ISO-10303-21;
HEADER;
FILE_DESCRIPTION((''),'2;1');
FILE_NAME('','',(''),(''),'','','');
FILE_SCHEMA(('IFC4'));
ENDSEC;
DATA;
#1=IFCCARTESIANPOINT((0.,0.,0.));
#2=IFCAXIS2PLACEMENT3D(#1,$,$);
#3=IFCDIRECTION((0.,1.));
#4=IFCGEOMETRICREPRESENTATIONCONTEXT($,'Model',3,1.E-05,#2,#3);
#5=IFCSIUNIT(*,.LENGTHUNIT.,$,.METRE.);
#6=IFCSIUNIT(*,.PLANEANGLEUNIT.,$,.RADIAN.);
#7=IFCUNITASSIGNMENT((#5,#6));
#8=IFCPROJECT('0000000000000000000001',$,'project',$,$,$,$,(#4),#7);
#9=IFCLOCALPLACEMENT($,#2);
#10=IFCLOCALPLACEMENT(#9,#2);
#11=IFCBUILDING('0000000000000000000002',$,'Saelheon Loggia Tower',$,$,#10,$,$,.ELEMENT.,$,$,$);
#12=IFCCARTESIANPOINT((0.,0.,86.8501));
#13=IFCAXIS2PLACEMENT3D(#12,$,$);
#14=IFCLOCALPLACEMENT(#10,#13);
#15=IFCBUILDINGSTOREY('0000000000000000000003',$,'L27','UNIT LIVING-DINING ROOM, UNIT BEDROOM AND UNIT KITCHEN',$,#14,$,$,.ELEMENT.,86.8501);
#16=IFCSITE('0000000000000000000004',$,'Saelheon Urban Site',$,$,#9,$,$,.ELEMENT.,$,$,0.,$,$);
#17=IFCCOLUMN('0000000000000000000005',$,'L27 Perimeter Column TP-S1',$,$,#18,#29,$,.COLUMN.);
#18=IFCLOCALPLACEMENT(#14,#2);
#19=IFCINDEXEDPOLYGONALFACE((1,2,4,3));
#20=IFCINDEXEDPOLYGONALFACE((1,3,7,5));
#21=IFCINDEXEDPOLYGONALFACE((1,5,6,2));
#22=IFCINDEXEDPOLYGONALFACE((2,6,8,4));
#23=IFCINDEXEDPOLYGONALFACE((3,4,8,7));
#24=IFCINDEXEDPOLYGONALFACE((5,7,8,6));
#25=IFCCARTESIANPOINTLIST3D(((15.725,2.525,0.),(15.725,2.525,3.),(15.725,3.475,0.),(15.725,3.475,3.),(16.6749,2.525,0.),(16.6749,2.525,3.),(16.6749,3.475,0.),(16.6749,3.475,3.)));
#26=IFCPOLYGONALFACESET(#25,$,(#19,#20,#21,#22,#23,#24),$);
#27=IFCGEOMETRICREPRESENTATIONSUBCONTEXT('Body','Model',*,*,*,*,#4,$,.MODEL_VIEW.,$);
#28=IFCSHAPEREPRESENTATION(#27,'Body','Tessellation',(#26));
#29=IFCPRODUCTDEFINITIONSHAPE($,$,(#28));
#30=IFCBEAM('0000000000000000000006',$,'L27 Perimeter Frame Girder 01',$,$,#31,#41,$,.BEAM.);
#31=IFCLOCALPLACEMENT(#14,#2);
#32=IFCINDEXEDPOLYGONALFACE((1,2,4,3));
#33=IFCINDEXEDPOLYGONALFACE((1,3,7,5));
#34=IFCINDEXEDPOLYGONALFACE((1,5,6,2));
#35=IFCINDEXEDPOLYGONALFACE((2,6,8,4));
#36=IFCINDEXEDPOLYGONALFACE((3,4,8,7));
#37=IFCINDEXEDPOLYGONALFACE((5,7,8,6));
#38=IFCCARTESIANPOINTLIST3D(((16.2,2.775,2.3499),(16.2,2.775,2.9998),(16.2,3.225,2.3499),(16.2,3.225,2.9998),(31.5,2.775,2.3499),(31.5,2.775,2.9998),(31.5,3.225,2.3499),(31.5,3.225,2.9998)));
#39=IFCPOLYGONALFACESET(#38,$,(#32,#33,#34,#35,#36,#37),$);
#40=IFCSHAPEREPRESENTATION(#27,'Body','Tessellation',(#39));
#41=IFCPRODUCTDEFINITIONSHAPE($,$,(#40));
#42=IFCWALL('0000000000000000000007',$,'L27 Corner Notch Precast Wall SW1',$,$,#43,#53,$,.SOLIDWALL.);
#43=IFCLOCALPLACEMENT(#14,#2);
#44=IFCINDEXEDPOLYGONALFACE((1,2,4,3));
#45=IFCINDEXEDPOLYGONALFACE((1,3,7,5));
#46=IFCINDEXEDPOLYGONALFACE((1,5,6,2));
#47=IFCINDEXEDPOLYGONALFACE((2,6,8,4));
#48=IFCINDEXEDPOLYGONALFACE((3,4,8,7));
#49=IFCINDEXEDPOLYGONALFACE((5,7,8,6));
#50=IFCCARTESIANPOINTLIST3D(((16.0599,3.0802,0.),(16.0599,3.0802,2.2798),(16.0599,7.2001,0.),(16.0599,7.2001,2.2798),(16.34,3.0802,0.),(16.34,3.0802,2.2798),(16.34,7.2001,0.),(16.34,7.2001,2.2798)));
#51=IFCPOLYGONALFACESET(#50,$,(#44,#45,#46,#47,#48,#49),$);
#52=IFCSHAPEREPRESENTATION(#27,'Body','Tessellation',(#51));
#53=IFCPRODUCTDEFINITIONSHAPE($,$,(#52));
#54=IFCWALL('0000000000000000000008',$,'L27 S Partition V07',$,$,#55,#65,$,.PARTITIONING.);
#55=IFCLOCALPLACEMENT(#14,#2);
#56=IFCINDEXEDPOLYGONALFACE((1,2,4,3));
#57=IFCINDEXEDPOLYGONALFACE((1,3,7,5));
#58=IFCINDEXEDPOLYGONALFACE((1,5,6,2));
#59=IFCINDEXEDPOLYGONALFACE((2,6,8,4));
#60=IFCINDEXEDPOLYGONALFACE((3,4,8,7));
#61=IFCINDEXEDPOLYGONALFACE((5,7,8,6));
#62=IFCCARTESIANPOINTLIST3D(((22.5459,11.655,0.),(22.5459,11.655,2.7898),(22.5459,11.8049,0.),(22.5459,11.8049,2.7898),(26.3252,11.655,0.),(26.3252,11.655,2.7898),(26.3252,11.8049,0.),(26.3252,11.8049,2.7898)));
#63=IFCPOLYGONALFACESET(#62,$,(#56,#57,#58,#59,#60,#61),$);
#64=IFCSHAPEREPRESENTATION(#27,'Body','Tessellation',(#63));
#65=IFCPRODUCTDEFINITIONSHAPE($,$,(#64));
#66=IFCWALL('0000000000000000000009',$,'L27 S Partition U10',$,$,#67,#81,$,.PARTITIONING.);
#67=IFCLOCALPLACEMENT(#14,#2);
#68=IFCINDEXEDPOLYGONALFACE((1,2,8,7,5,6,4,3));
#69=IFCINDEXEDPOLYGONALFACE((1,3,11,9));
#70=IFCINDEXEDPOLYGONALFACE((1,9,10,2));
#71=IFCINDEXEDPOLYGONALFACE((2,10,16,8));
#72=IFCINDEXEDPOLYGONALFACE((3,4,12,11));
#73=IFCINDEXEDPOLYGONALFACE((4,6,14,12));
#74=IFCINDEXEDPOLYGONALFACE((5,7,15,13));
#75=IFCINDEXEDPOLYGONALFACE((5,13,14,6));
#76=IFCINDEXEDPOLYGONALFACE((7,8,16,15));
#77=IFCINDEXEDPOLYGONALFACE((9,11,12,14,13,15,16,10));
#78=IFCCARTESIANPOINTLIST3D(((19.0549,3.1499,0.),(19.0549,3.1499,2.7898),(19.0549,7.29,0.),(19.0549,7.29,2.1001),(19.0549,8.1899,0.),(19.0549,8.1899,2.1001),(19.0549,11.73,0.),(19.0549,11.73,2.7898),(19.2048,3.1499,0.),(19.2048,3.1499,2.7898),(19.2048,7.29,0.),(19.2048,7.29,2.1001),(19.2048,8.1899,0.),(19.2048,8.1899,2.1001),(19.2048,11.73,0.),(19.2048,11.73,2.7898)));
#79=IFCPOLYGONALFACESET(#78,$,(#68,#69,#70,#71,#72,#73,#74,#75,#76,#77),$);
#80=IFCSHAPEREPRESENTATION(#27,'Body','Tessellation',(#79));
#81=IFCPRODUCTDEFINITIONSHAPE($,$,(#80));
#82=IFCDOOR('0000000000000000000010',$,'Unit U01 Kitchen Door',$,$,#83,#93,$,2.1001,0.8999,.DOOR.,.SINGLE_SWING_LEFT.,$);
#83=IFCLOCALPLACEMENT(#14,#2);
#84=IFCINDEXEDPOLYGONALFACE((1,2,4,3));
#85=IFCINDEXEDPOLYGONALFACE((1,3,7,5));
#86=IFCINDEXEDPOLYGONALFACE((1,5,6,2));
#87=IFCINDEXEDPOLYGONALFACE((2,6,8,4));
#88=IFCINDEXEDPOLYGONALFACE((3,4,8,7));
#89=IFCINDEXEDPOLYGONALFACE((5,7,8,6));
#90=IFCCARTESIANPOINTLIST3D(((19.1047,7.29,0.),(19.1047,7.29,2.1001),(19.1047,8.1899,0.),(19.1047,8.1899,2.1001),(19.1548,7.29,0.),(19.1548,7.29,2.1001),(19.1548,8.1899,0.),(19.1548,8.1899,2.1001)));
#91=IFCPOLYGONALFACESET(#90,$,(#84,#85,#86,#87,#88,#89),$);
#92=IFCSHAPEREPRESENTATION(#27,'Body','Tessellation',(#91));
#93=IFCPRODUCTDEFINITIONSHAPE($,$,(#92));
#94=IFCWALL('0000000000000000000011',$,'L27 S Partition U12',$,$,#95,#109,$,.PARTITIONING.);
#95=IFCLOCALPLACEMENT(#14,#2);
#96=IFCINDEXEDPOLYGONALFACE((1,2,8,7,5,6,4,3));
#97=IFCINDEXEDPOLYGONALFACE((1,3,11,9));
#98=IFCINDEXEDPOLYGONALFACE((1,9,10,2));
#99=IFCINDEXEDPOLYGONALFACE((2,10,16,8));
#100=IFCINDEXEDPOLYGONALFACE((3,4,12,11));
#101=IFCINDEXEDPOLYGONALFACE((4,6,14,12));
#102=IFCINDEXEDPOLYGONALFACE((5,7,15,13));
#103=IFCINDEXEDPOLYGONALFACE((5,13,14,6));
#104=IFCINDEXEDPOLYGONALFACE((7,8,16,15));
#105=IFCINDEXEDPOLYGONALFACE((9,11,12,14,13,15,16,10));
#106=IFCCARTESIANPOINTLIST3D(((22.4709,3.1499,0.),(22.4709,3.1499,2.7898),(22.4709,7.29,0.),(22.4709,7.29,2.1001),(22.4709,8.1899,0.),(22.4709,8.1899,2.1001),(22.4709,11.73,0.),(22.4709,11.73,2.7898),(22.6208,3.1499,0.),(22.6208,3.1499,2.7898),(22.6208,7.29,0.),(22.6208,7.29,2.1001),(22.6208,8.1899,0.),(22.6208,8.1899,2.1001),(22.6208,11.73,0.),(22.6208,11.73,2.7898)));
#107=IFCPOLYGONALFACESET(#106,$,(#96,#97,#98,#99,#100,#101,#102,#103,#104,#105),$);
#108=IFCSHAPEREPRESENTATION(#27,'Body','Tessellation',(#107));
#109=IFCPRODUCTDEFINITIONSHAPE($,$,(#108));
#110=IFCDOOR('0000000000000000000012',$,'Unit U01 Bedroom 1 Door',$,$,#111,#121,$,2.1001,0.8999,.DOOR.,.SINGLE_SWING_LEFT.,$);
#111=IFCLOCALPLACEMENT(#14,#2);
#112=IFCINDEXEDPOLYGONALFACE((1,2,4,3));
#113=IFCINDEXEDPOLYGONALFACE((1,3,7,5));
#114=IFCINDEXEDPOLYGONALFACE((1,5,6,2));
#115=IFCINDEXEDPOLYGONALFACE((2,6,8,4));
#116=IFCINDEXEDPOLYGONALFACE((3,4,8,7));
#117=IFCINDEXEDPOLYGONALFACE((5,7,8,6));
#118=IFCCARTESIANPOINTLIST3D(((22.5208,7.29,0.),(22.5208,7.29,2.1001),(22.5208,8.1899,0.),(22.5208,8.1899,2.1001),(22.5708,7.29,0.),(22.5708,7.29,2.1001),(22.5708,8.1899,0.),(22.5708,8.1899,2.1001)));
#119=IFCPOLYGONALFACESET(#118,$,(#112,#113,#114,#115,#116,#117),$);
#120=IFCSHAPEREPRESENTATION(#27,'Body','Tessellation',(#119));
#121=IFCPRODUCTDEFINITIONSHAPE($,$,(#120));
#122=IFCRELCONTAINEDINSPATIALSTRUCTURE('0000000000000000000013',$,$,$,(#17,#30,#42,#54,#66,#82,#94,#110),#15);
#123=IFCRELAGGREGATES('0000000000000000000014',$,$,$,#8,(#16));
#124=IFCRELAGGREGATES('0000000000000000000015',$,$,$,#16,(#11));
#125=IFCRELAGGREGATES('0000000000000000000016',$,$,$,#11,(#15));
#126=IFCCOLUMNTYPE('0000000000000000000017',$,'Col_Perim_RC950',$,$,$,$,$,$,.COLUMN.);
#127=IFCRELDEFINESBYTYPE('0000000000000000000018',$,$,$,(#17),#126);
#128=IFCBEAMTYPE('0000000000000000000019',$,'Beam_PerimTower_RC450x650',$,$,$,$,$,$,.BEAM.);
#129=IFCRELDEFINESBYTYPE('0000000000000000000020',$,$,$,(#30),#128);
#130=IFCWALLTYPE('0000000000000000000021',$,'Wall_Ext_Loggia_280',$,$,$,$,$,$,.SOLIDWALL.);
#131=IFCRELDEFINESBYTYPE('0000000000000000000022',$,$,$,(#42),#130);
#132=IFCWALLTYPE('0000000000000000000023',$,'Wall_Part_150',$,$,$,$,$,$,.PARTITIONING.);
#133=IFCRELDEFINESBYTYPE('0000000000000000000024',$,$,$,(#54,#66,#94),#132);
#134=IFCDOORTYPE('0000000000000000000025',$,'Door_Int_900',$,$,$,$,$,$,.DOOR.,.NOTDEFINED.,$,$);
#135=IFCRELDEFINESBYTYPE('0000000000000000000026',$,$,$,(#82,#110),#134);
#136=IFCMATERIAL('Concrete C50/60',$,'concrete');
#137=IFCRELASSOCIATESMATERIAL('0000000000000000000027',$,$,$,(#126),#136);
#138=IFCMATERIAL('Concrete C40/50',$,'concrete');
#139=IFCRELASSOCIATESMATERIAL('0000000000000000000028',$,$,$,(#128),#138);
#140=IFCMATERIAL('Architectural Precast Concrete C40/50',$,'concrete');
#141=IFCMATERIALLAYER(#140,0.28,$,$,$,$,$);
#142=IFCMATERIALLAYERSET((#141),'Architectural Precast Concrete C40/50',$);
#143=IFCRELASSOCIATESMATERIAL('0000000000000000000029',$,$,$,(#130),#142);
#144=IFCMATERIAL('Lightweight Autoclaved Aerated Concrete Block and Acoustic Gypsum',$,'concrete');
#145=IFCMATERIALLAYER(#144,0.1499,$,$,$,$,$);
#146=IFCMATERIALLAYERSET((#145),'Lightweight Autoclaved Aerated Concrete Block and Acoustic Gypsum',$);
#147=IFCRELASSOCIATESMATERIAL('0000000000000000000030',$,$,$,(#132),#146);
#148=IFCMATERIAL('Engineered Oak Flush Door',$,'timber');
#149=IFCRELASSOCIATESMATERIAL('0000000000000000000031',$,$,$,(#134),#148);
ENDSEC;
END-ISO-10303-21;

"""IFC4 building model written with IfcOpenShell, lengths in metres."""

from ifc_helpers import new_model, si_unit, direction, frame, frame_2d, origin, origin_2d, place, context, subcontext, project, spatial, rectangle, extrude, source, transform, mapped, material, layer, layer_set, material_profile, profile_set, type_object, element, fill, save


model = new_model("IFC4")

# Units and contexts
model_context = context("Model", 3, precision=1e-05, world=origin(), true_north=direction((0.0, 1.0)))
body_context = subcontext(model_context, "Body", "Model", "MODEL_VIEW")
ifc_project = project(units=[si_unit("LENGTHUNIT", "METRE"), si_unit("PLANEANGLEUNIT", "RADIAN")], contexts=[model_context])

# Site, building, storey
site_placement = place(None, origin())
site = spatial("IfcSite", under=ifc_project, at=site_placement, Name="Saelheon Urban Site", CompositionType="ELEMENT", RefElevation=0.0)
building_placement = place(site_placement, origin())
building = spatial("IfcBuilding", under=site, at=building_placement, Name="Saelheon Loggia Tower", CompositionType="ELEMENT")
storey_placement = place(building_placement, frame((0.0, 0.0, 86.8501)))
storey = spatial("IfcBuildingStorey", under=building, at=storey_placement, Name="L27", Description="UNIT LIVING-DINING ROOM, UNIT BEDROOM AND UNIT KITCHEN", CompositionType="ELEMENT", Elevation=86.8501)

# Column
ifc_material_1 = material(Name="Concrete C50/60", Category="concrete")
ifc_material_profile_1 = material_profile(ifc_material_1, rectangle(XDim=0.95, YDim=0.95, at=origin_2d()), Name="RC-950x950")
ifc_profile_set_1 = profile_set([ifc_material_profile_1], Name="Concrete C50/60")
column_type = type_object("IfcColumnType", Name="Col_Perim_RC950", PredefinedType="COLUMN", material=ifc_profile_set_1)
shared_shape_1 = source(origin(), body_context, "Body", "SweptSolid", [
    extrude(rectangle(XDim=0.95, YDim=0.95, at=origin_2d()), origin(), (0.0, 0.0, 1.0), 3.0),
])
column_placement = place(storey_placement, frame((16.2, 3.0, 0.0), z_axis=(0.0, 0.0, 1.0), x_axis=(1.0, 0.0, 0.0)))
element("IfcColumn", 1, at=column_placement, inside=storey, type_object=column_type, Name="L27 Perimeter Column TP-S1", PredefinedType="COLUMN", context=body_context, shape_type="MappedRepresentation", body=[
    mapped(shared_shape_1, transform((0.0, 0.0, 0.0), scale=1.0)),
])

# Beam
ifc_material_2 = material(Name="Concrete C40/50", Category="concrete")
ifc_material_profile_2 = material_profile(ifc_material_2, rectangle(XDim=0.45, YDim=0.6499, at=origin_2d()), Name="RC-450x650")
ifc_profile_set_2 = profile_set([ifc_material_profile_2], Name="Concrete C40/50")
beam_type = type_object("IfcBeamType", Name="Beam_PerimTower_RC450x650", PredefinedType="BEAM", material=ifc_profile_set_2)
shared_shape_2 = source(origin(), body_context, "Body", "SweptSolid", [
    extrude(rectangle(XDim=0.45, YDim=0.6499, at=origin_2d()), origin(), (0.0, 0.0, 1.0), 15.3),
])
beam_placement = place(storey_placement, frame((16.2, 3.0, 2.6748), z_axis=(1.0, 0.0, 0.0), x_axis=(0.0, 1.0, 0.0)))
element("IfcBeam", 2, at=beam_placement, inside=storey, type_object=beam_type, Name="L27 Perimeter Frame Girder 01", PredefinedType="BEAM", context=body_context, shape_type="MappedRepresentation", body=[
    mapped(shared_shape_2, transform((0.0, 0.0, 0.0), scale=1.0)),
])

# Shared definitions
ifc_material_3 = material(Name="Architectural Precast Concrete C40/50", Category="concrete")
ifc_layer_1 = layer(ifc_material_3, 0.28)
ifc_layer_set_1 = layer_set([ifc_layer_1], Name="Architectural Precast Concrete C40/50")
wall_type_1 = type_object("IfcWallType", Name="Wall_Ext_Loggia_280", PredefinedType="SOLIDWALL", material=ifc_layer_set_1)

# Walls
wall_1_placement = place(storey_placement, frame((16.2, 3.0801, 0.0), z_axis=(0.0, 0.0, 1.0), x_axis=(0.0, 1.0, 0.0)))
element("IfcWall", 3, at=wall_1_placement, inside=storey, type_object=wall_type_1, Name="L27 Corner Notch Precast Wall SW1", PredefinedType="SOLIDWALL", context=body_context, shape_type="SweptSolid", body=[
    extrude(rectangle(XDim=4.1199, YDim=0.28, at=frame_2d((2.0601, 0.0))), origin(), (0.0, 0.0, 1.0), 2.2798),
])
ifc_material_4 = material(Name="Lightweight Autoclaved Aerated Concrete Block and Acoustic Gypsum", Category="concrete")
ifc_layer_2 = layer(ifc_material_4, 0.1499)
ifc_layer_set_2 = layer_set([ifc_layer_2], Name="Lightweight Autoclaved Aerated Concrete Block and Acoustic Gypsum")
wall_type_2 = type_object("IfcWallType", Name="Wall_Part_150", PredefinedType="PARTITIONING", material=ifc_layer_set_2)
wall_2_placement = place(storey_placement, frame((22.5459, 11.73, 0.0), z_axis=(0.0, 0.0, 1.0), x_axis=(1.0, 0.0, 0.0)))
element("IfcWall", 4, at=wall_2_placement, inside=storey, type_object=wall_type_2, Name="L27 S Partition V07", PredefinedType="PARTITIONING", context=body_context, shape_type="SweptSolid", body=[
    extrude(rectangle(XDim=3.7793, YDim=0.1499, at=frame_2d((1.8896, 0.0))), origin(), (0.0, 0.0, 1.0), 2.7898),
])

# Walls, openings, doors
wall_3_placement = place(storey_placement, frame((19.1299, 11.73, 0.0), z_axis=(0.0, 0.0, 1.0), x_axis=(0.0, -1.0, 0.0)))
wall_3 = element("IfcWall", 5, at=wall_3_placement, inside=storey, type_object=wall_type_2, Name="L27 S Partition U10", PredefinedType="PARTITIONING", context=body_context, shape_type="SweptSolid", body=[
    extrude(rectangle(XDim=8.5801, YDim=0.1499, at=frame_2d((4.29, 0.0))), origin(), (0.0, 0.0, 1.0), 2.7898),
])
opening_1_placement = place(wall_3_placement, frame((3.54, 0.0, 0.0)))
opening_1 = element("IfcOpeningElement", 6, at=opening_1_placement, cuts=wall_3, PredefinedType="OPENING", context=body_context, shape_type="SweptSolid", body=[
    extrude(rectangle(XDim=0.8999, YDim=2.1001, at=frame_2d((0.45, 1.05))), frame((0.0, 0.0869, 0.0), z_axis=(0.0, -1.0, 0.0), x_axis=(1.0, 0.0, 0.0)), (0.0, 0.0, 1.0), 0.1738),
])
ifc_material_5 = material(Name="Engineered Oak Flush Door", Category="timber")
door_type_1 = type_object("IfcDoorType", Name="Door_Int_900", OperationType="NOTDEFINED", PredefinedType="DOOR", material=ifc_material_5)
shared_shape_3 = source(origin(), body_context, "Body", "SweptSolid", [
    extrude(rectangle(XDim=0.8999, YDim=2.1001, at=frame_2d((0.45, 1.05))), frame((0.0, 0.0249, 0.0), z_axis=(0.0, -1.0, 0.0), x_axis=(1.0, 0.0, 0.0)), (0.0, 0.0, 1.0), 0.05),
])
door_1_placement = place(opening_1_placement, origin())
door_1 = element("IfcDoor", 7, at=door_1_placement, inside=storey, type_object=door_type_1, Name="Unit U01 Kitchen Door", OperationType="SINGLE_SWING_LEFT", OverallHeight=2.1001, OverallWidth=0.8999, PredefinedType="DOOR", context=body_context, shape_type="MappedRepresentation", body=[
    mapped(shared_shape_3, transform((0.0, 0.0, 0.0), scale=1.0)),
])
fill(opening_1, door_1)
wall_4_placement = place(storey_placement, frame((22.5459, 11.73, 0.0), z_axis=(0.0, 0.0, 1.0), x_axis=(0.0, -1.0, 0.0)))
wall_4 = element("IfcWall", 8, at=wall_4_placement, inside=storey, type_object=wall_type_2, Name="L27 S Partition U12", PredefinedType="PARTITIONING", context=body_context, shape_type="SweptSolid", body=[
    extrude(rectangle(XDim=8.5801, YDim=0.1499, at=frame_2d((4.29, 0.0))), origin(), (0.0, 0.0, 1.0), 2.7898),
])
opening_2_placement = place(wall_4_placement, frame((3.54, 0.0, 0.0)))
opening_2 = element("IfcOpeningElement", 9, at=opening_2_placement, cuts=wall_4, PredefinedType="OPENING", context=body_context, shape_type="SweptSolid", body=[
    extrude(rectangle(XDim=0.8999, YDim=2.1001, at=frame_2d((0.45, 1.05))), frame((0.0, 0.0869, 0.0), z_axis=(0.0, -1.0, 0.0), x_axis=(1.0, 0.0, 0.0)), (0.0, 0.0, 1.0), 0.1738),
])
door_2_placement = place(opening_2_placement, origin())
door_2 = element("IfcDoor", 10, at=door_2_placement, inside=storey, type_object=door_type_1, Name="Unit U01 Bedroom 1 Door", OperationType="SINGLE_SWING_LEFT", OverallHeight=2.1001, OverallWidth=0.8999, PredefinedType="DOOR", context=body_context, shape_type="MappedRepresentation", body=[
    mapped(shared_shape_3, transform((0.0, 0.0, 0.0), scale=1.0)),
])
fill(opening_2, door_2)

save(model, "model.ifc")
